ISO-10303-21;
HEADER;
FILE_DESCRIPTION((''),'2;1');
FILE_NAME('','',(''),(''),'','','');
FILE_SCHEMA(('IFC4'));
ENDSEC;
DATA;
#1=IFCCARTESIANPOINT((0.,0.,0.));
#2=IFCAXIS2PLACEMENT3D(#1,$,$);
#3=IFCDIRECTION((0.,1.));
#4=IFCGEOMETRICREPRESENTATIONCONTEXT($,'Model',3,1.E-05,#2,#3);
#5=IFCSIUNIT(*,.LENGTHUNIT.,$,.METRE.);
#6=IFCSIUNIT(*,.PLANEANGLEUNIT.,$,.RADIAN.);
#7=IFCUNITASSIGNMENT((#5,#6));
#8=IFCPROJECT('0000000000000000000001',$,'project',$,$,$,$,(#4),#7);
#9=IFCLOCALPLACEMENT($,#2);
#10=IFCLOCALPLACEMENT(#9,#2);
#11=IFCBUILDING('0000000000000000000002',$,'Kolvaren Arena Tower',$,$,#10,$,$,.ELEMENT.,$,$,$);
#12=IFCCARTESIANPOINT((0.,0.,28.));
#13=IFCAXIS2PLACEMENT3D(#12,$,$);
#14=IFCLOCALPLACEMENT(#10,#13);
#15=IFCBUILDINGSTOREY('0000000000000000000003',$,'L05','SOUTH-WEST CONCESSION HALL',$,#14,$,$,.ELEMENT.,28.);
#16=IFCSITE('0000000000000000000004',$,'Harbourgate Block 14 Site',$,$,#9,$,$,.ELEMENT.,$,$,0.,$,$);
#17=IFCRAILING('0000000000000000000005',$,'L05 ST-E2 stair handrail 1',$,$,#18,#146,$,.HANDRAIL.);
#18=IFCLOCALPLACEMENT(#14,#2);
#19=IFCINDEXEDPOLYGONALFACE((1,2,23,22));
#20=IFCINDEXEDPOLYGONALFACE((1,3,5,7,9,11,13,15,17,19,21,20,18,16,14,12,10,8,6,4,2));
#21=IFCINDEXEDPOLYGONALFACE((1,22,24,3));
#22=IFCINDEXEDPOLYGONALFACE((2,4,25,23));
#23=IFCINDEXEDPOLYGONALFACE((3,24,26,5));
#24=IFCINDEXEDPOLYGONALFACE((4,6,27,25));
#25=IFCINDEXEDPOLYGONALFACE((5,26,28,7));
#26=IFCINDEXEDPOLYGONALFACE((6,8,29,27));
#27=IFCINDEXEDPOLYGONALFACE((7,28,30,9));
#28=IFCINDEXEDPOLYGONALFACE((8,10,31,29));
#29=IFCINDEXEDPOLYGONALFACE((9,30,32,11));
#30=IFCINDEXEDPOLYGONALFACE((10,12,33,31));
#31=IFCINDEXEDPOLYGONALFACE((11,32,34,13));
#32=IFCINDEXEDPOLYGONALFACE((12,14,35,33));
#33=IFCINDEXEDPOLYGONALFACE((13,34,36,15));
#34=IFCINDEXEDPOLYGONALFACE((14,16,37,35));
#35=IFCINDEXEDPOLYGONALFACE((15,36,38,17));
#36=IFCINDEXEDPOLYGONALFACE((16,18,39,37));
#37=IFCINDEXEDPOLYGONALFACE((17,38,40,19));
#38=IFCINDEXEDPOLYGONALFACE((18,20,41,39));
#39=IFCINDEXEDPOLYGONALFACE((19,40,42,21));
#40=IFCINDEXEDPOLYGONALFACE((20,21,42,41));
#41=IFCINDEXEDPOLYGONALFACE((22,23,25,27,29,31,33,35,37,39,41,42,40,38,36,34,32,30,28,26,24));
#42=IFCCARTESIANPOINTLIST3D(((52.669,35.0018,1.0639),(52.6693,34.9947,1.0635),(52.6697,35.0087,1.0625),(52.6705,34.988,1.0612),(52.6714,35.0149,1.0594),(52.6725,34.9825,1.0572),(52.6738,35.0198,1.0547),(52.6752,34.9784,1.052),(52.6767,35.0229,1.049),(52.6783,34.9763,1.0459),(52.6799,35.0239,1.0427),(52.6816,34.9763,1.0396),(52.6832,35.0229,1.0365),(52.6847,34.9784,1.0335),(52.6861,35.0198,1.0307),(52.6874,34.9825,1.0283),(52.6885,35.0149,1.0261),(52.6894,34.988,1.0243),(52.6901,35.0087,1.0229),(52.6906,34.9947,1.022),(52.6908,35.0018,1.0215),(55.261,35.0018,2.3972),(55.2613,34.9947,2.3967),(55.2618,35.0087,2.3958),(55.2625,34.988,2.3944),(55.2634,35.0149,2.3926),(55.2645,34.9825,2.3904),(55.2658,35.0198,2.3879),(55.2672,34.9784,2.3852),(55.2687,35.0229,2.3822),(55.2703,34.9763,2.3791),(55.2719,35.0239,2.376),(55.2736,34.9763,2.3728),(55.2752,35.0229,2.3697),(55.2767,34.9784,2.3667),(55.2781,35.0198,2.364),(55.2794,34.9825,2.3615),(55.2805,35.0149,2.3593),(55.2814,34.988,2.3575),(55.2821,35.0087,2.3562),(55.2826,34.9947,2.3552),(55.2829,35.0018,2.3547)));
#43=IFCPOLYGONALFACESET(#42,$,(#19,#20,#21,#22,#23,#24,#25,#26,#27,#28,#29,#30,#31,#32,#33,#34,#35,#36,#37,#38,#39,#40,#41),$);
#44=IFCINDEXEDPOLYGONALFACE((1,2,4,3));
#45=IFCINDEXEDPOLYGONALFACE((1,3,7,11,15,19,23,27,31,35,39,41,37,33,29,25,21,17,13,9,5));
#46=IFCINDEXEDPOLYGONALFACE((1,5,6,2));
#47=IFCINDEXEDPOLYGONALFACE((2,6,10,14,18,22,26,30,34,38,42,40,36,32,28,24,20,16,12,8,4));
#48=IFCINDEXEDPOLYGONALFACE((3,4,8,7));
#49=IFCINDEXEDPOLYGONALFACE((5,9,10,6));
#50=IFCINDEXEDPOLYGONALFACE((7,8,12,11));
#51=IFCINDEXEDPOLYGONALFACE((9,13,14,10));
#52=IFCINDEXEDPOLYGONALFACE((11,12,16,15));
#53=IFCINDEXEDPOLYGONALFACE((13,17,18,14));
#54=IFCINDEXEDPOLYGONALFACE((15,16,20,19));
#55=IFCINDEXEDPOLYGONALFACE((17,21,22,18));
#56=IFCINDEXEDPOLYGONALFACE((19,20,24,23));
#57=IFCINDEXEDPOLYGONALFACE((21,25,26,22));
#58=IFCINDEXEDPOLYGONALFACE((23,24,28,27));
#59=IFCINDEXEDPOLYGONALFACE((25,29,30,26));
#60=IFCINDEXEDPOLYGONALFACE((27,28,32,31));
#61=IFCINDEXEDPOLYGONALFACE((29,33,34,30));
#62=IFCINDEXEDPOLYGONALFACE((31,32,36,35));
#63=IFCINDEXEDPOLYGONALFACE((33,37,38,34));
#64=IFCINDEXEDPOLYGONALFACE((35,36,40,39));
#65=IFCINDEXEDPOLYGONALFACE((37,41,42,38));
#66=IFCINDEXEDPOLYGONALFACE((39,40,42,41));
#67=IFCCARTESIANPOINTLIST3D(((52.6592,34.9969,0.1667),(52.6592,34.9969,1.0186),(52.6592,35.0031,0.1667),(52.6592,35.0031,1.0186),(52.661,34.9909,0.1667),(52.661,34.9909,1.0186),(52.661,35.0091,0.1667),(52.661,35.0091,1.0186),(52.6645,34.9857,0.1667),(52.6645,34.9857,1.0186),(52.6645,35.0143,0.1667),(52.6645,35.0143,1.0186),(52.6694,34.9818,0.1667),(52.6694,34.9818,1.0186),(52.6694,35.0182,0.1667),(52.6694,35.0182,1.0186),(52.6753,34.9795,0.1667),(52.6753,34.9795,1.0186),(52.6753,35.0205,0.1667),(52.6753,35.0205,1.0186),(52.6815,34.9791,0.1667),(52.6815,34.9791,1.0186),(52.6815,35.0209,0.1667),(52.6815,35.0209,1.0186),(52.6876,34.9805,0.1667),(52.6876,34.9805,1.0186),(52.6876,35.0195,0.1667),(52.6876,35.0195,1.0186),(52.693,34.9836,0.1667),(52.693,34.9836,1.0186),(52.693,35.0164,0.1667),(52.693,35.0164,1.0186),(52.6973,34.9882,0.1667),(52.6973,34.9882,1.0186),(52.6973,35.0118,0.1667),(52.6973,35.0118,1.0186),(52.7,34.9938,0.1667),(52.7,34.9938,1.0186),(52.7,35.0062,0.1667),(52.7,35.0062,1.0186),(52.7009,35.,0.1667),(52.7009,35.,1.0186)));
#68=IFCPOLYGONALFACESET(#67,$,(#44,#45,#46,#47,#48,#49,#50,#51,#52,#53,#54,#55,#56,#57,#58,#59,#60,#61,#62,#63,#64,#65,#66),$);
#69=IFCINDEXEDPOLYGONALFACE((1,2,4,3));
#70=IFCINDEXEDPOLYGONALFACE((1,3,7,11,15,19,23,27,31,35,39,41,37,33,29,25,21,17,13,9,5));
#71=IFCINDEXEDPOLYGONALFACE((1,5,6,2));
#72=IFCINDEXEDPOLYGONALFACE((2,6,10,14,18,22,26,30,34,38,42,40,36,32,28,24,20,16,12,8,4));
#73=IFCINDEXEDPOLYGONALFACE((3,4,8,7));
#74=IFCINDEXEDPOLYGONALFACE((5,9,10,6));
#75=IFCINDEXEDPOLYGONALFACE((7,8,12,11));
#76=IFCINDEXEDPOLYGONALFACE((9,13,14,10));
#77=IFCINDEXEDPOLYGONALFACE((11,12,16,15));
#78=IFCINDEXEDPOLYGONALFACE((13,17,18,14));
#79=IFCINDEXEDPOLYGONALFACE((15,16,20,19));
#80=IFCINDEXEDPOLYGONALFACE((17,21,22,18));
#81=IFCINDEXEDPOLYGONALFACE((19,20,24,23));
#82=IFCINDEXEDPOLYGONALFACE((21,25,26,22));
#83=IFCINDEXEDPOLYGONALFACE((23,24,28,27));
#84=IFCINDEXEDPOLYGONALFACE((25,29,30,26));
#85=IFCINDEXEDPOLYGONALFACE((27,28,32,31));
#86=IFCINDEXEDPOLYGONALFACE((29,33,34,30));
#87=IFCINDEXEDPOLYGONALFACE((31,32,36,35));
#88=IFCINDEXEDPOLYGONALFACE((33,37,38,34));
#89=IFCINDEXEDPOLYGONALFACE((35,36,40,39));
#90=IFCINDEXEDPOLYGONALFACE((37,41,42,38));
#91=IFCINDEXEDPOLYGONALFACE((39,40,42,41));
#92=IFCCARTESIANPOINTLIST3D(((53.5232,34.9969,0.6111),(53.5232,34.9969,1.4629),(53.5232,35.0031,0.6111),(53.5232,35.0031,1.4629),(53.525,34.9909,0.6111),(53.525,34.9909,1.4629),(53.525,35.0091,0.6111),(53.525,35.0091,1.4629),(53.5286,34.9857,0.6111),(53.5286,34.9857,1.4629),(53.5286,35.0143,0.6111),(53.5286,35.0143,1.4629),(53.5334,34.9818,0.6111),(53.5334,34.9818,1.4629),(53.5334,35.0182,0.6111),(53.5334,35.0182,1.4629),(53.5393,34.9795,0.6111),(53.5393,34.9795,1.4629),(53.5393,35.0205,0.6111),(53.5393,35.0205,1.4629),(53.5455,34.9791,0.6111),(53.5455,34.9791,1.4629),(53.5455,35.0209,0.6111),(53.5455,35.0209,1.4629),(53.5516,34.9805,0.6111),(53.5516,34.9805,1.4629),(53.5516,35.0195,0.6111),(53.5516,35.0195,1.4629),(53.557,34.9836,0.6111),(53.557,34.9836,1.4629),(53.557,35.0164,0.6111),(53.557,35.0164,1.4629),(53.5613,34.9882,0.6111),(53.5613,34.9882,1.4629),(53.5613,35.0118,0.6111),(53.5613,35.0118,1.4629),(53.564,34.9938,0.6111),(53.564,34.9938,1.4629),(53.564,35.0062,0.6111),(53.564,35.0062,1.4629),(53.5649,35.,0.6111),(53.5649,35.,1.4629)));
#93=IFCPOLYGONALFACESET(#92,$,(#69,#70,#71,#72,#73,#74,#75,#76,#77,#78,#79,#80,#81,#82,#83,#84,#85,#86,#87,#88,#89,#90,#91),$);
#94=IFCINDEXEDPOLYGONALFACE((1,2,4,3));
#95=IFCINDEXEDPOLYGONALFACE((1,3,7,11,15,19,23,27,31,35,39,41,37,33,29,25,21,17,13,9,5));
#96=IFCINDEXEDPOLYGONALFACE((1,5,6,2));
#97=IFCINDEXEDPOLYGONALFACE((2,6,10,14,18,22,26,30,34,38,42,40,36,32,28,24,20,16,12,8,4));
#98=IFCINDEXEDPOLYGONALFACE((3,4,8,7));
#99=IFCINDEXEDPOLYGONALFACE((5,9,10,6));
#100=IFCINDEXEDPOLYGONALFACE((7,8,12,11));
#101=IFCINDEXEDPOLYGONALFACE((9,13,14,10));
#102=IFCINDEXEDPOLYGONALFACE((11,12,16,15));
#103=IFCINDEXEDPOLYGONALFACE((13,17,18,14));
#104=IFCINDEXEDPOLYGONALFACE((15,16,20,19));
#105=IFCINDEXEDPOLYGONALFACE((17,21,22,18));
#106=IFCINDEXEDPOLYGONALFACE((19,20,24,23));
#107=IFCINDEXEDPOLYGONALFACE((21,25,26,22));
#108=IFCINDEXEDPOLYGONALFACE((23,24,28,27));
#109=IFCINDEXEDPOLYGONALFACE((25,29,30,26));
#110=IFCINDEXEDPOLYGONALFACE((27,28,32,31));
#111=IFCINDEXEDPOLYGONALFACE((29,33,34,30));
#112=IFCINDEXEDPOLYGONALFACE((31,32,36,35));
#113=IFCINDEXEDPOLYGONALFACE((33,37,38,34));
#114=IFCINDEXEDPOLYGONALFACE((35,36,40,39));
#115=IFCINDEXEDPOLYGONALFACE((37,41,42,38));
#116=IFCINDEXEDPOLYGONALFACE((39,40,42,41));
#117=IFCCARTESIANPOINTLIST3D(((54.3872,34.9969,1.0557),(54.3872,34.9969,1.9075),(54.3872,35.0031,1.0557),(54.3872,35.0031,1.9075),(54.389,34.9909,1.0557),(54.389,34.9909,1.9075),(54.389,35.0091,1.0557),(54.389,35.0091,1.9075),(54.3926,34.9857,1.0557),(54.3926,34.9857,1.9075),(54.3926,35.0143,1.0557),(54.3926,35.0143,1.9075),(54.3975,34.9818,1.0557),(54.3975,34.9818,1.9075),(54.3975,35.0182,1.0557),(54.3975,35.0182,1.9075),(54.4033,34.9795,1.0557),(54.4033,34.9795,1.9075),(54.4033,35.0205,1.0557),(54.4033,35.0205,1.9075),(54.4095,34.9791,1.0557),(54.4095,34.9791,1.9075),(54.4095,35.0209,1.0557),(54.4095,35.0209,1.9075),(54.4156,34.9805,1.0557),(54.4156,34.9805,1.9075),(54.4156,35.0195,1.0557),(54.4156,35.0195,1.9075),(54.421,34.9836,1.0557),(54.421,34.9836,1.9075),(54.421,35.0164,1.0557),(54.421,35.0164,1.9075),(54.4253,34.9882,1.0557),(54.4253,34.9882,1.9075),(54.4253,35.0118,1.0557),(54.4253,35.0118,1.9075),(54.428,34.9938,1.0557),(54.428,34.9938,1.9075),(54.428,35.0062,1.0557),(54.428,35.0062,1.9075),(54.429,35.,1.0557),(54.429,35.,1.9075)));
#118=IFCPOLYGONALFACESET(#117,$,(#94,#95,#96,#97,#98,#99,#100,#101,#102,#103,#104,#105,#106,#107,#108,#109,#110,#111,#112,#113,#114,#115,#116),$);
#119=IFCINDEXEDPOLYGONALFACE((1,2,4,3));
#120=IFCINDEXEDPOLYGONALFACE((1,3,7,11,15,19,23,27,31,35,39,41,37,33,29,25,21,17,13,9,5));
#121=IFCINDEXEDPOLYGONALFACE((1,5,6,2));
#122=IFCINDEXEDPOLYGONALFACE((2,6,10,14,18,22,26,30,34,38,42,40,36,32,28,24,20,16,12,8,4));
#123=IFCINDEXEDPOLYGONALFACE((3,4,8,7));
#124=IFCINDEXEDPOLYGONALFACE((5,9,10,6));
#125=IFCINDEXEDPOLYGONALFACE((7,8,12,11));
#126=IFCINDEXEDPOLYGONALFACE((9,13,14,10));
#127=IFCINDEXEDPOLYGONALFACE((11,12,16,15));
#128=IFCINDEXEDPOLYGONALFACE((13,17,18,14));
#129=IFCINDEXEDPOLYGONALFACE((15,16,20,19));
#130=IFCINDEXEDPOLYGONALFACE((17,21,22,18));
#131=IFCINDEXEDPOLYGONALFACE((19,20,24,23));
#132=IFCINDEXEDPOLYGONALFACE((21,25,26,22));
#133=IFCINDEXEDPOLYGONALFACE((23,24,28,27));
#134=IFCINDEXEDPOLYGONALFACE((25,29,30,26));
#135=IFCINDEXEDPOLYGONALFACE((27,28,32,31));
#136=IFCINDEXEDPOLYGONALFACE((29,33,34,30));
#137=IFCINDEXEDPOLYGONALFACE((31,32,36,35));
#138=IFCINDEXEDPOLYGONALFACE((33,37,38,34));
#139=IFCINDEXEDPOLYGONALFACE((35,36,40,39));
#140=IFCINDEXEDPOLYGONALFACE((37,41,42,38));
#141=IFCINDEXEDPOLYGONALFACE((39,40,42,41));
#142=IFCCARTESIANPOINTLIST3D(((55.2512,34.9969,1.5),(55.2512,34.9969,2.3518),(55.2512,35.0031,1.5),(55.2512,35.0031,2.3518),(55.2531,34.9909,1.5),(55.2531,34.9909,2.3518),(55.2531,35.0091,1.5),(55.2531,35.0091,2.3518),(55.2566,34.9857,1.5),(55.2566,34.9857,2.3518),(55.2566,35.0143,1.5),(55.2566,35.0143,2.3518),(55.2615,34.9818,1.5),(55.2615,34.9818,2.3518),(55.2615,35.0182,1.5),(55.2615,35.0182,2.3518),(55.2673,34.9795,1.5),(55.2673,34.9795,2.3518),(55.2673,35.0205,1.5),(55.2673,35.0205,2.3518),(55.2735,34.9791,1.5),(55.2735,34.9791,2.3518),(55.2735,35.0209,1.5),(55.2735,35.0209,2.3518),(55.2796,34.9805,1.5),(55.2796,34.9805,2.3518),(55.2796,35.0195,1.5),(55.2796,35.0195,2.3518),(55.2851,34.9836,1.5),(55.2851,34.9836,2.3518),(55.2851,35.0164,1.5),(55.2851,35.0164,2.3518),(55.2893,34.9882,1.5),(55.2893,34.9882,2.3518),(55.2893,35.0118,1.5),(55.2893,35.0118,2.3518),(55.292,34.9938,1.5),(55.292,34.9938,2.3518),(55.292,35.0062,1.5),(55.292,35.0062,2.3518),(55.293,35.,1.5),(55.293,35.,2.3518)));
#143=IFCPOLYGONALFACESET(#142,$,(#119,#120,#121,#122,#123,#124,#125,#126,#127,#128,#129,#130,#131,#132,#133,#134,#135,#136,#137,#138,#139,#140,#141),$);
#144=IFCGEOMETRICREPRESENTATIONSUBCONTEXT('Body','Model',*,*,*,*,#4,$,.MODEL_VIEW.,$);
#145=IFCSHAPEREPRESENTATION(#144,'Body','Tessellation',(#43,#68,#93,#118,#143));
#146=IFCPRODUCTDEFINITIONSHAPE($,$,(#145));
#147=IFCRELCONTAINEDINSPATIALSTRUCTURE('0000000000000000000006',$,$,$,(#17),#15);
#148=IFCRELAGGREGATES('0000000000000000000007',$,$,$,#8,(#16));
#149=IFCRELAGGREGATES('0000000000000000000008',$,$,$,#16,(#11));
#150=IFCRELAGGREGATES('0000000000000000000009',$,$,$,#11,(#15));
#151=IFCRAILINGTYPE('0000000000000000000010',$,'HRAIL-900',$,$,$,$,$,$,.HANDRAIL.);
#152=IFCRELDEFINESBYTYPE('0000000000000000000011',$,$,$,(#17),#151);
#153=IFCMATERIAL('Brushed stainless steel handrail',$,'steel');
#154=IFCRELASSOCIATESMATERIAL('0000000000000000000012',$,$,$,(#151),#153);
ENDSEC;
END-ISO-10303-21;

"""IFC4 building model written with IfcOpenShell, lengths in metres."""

from ifc_helpers import new_model, si_unit, direction, frame, origin, origin_2d, place, context, subcontext, project, spatial, circle, extrude, material, type_object, element, save


model = new_model("IFC4")

# Units and contexts
model_context = context("Model", 3, precision=1e-05, world=origin(), true_north=direction((0.0, 1.0)))
body_context = subcontext(model_context, "Body", "Model", "MODEL_VIEW")
ifc_project = project(units=[si_unit("LENGTHUNIT", "METRE"), si_unit("PLANEANGLEUNIT", "RADIAN")], contexts=[model_context])

# Site, building, storey
site_placement = place(None, origin())
site = spatial("IfcSite", under=ifc_project, at=site_placement, Name="Harbourgate Block 14 Site", CompositionType="ELEMENT", RefElevation=0.0)
building_placement = place(site_placement, origin())
building = spatial("IfcBuilding", under=site, at=building_placement, Name="Kolvaren Arena Tower", CompositionType="ELEMENT")
storey_placement = place(building_placement, frame((0.0, 0.0, 28.0)))
storey = spatial("IfcBuildingStorey", under=building, at=storey_placement, Name="L05", Description="SOUTH-WEST CONCESSION HALL", CompositionType="ELEMENT", Elevation=28.0)

# Railing
ifc_material_1 = material(Name="Brushed stainless steel handrail", Category="steel")
railing_type_1 = type_object("IfcRailingType", Name="HRAIL-900", PredefinedType="HANDRAIL", material=ifc_material_1)
for number, where, name in (
    (1, (52.6799, 35.0, 0.1667), "L05 ST-E2 stair handrail 1"),
):
    element("IfcRailing", number, at=place(storey_placement, frame(where)), inside=storey, type_object=railing_type_1, Name=name, PredefinedType="HANDRAIL", context=body_context, shape_type="SweptSolid", body=[
        extrude(circle(Radius=0.0239, at=origin_2d()), frame((0.0, 0.0, 0.876), z_axis=(0.88926, 0.0, 0.457403), x_axis=(0.0, 1.0, 0.0)), (0.0, 0.0, 1.0), 2.9148),
        extrude(circle(Radius=0.021, at=origin_2d()), origin(), (0.0, 0.0, 1.0), 0.8518),
        extrude(circle(Radius=0.021, at=origin_2d()), frame((0.864, 0.0, 0.4443)), (0.0, 0.0, 1.0), 0.8518),
        extrude(circle(Radius=0.021, at=origin_2d()), frame((1.728, 0.0, 0.8889)), (0.0, 0.0, 1.0), 0.8518),
        extrude(circle(Radius=0.021, at=origin_2d()), frame((2.592, 0.0, 1.3333)), (0.0, 0.0, 1.0), 0.8518),
    ])

save(model, "model.ifc")
